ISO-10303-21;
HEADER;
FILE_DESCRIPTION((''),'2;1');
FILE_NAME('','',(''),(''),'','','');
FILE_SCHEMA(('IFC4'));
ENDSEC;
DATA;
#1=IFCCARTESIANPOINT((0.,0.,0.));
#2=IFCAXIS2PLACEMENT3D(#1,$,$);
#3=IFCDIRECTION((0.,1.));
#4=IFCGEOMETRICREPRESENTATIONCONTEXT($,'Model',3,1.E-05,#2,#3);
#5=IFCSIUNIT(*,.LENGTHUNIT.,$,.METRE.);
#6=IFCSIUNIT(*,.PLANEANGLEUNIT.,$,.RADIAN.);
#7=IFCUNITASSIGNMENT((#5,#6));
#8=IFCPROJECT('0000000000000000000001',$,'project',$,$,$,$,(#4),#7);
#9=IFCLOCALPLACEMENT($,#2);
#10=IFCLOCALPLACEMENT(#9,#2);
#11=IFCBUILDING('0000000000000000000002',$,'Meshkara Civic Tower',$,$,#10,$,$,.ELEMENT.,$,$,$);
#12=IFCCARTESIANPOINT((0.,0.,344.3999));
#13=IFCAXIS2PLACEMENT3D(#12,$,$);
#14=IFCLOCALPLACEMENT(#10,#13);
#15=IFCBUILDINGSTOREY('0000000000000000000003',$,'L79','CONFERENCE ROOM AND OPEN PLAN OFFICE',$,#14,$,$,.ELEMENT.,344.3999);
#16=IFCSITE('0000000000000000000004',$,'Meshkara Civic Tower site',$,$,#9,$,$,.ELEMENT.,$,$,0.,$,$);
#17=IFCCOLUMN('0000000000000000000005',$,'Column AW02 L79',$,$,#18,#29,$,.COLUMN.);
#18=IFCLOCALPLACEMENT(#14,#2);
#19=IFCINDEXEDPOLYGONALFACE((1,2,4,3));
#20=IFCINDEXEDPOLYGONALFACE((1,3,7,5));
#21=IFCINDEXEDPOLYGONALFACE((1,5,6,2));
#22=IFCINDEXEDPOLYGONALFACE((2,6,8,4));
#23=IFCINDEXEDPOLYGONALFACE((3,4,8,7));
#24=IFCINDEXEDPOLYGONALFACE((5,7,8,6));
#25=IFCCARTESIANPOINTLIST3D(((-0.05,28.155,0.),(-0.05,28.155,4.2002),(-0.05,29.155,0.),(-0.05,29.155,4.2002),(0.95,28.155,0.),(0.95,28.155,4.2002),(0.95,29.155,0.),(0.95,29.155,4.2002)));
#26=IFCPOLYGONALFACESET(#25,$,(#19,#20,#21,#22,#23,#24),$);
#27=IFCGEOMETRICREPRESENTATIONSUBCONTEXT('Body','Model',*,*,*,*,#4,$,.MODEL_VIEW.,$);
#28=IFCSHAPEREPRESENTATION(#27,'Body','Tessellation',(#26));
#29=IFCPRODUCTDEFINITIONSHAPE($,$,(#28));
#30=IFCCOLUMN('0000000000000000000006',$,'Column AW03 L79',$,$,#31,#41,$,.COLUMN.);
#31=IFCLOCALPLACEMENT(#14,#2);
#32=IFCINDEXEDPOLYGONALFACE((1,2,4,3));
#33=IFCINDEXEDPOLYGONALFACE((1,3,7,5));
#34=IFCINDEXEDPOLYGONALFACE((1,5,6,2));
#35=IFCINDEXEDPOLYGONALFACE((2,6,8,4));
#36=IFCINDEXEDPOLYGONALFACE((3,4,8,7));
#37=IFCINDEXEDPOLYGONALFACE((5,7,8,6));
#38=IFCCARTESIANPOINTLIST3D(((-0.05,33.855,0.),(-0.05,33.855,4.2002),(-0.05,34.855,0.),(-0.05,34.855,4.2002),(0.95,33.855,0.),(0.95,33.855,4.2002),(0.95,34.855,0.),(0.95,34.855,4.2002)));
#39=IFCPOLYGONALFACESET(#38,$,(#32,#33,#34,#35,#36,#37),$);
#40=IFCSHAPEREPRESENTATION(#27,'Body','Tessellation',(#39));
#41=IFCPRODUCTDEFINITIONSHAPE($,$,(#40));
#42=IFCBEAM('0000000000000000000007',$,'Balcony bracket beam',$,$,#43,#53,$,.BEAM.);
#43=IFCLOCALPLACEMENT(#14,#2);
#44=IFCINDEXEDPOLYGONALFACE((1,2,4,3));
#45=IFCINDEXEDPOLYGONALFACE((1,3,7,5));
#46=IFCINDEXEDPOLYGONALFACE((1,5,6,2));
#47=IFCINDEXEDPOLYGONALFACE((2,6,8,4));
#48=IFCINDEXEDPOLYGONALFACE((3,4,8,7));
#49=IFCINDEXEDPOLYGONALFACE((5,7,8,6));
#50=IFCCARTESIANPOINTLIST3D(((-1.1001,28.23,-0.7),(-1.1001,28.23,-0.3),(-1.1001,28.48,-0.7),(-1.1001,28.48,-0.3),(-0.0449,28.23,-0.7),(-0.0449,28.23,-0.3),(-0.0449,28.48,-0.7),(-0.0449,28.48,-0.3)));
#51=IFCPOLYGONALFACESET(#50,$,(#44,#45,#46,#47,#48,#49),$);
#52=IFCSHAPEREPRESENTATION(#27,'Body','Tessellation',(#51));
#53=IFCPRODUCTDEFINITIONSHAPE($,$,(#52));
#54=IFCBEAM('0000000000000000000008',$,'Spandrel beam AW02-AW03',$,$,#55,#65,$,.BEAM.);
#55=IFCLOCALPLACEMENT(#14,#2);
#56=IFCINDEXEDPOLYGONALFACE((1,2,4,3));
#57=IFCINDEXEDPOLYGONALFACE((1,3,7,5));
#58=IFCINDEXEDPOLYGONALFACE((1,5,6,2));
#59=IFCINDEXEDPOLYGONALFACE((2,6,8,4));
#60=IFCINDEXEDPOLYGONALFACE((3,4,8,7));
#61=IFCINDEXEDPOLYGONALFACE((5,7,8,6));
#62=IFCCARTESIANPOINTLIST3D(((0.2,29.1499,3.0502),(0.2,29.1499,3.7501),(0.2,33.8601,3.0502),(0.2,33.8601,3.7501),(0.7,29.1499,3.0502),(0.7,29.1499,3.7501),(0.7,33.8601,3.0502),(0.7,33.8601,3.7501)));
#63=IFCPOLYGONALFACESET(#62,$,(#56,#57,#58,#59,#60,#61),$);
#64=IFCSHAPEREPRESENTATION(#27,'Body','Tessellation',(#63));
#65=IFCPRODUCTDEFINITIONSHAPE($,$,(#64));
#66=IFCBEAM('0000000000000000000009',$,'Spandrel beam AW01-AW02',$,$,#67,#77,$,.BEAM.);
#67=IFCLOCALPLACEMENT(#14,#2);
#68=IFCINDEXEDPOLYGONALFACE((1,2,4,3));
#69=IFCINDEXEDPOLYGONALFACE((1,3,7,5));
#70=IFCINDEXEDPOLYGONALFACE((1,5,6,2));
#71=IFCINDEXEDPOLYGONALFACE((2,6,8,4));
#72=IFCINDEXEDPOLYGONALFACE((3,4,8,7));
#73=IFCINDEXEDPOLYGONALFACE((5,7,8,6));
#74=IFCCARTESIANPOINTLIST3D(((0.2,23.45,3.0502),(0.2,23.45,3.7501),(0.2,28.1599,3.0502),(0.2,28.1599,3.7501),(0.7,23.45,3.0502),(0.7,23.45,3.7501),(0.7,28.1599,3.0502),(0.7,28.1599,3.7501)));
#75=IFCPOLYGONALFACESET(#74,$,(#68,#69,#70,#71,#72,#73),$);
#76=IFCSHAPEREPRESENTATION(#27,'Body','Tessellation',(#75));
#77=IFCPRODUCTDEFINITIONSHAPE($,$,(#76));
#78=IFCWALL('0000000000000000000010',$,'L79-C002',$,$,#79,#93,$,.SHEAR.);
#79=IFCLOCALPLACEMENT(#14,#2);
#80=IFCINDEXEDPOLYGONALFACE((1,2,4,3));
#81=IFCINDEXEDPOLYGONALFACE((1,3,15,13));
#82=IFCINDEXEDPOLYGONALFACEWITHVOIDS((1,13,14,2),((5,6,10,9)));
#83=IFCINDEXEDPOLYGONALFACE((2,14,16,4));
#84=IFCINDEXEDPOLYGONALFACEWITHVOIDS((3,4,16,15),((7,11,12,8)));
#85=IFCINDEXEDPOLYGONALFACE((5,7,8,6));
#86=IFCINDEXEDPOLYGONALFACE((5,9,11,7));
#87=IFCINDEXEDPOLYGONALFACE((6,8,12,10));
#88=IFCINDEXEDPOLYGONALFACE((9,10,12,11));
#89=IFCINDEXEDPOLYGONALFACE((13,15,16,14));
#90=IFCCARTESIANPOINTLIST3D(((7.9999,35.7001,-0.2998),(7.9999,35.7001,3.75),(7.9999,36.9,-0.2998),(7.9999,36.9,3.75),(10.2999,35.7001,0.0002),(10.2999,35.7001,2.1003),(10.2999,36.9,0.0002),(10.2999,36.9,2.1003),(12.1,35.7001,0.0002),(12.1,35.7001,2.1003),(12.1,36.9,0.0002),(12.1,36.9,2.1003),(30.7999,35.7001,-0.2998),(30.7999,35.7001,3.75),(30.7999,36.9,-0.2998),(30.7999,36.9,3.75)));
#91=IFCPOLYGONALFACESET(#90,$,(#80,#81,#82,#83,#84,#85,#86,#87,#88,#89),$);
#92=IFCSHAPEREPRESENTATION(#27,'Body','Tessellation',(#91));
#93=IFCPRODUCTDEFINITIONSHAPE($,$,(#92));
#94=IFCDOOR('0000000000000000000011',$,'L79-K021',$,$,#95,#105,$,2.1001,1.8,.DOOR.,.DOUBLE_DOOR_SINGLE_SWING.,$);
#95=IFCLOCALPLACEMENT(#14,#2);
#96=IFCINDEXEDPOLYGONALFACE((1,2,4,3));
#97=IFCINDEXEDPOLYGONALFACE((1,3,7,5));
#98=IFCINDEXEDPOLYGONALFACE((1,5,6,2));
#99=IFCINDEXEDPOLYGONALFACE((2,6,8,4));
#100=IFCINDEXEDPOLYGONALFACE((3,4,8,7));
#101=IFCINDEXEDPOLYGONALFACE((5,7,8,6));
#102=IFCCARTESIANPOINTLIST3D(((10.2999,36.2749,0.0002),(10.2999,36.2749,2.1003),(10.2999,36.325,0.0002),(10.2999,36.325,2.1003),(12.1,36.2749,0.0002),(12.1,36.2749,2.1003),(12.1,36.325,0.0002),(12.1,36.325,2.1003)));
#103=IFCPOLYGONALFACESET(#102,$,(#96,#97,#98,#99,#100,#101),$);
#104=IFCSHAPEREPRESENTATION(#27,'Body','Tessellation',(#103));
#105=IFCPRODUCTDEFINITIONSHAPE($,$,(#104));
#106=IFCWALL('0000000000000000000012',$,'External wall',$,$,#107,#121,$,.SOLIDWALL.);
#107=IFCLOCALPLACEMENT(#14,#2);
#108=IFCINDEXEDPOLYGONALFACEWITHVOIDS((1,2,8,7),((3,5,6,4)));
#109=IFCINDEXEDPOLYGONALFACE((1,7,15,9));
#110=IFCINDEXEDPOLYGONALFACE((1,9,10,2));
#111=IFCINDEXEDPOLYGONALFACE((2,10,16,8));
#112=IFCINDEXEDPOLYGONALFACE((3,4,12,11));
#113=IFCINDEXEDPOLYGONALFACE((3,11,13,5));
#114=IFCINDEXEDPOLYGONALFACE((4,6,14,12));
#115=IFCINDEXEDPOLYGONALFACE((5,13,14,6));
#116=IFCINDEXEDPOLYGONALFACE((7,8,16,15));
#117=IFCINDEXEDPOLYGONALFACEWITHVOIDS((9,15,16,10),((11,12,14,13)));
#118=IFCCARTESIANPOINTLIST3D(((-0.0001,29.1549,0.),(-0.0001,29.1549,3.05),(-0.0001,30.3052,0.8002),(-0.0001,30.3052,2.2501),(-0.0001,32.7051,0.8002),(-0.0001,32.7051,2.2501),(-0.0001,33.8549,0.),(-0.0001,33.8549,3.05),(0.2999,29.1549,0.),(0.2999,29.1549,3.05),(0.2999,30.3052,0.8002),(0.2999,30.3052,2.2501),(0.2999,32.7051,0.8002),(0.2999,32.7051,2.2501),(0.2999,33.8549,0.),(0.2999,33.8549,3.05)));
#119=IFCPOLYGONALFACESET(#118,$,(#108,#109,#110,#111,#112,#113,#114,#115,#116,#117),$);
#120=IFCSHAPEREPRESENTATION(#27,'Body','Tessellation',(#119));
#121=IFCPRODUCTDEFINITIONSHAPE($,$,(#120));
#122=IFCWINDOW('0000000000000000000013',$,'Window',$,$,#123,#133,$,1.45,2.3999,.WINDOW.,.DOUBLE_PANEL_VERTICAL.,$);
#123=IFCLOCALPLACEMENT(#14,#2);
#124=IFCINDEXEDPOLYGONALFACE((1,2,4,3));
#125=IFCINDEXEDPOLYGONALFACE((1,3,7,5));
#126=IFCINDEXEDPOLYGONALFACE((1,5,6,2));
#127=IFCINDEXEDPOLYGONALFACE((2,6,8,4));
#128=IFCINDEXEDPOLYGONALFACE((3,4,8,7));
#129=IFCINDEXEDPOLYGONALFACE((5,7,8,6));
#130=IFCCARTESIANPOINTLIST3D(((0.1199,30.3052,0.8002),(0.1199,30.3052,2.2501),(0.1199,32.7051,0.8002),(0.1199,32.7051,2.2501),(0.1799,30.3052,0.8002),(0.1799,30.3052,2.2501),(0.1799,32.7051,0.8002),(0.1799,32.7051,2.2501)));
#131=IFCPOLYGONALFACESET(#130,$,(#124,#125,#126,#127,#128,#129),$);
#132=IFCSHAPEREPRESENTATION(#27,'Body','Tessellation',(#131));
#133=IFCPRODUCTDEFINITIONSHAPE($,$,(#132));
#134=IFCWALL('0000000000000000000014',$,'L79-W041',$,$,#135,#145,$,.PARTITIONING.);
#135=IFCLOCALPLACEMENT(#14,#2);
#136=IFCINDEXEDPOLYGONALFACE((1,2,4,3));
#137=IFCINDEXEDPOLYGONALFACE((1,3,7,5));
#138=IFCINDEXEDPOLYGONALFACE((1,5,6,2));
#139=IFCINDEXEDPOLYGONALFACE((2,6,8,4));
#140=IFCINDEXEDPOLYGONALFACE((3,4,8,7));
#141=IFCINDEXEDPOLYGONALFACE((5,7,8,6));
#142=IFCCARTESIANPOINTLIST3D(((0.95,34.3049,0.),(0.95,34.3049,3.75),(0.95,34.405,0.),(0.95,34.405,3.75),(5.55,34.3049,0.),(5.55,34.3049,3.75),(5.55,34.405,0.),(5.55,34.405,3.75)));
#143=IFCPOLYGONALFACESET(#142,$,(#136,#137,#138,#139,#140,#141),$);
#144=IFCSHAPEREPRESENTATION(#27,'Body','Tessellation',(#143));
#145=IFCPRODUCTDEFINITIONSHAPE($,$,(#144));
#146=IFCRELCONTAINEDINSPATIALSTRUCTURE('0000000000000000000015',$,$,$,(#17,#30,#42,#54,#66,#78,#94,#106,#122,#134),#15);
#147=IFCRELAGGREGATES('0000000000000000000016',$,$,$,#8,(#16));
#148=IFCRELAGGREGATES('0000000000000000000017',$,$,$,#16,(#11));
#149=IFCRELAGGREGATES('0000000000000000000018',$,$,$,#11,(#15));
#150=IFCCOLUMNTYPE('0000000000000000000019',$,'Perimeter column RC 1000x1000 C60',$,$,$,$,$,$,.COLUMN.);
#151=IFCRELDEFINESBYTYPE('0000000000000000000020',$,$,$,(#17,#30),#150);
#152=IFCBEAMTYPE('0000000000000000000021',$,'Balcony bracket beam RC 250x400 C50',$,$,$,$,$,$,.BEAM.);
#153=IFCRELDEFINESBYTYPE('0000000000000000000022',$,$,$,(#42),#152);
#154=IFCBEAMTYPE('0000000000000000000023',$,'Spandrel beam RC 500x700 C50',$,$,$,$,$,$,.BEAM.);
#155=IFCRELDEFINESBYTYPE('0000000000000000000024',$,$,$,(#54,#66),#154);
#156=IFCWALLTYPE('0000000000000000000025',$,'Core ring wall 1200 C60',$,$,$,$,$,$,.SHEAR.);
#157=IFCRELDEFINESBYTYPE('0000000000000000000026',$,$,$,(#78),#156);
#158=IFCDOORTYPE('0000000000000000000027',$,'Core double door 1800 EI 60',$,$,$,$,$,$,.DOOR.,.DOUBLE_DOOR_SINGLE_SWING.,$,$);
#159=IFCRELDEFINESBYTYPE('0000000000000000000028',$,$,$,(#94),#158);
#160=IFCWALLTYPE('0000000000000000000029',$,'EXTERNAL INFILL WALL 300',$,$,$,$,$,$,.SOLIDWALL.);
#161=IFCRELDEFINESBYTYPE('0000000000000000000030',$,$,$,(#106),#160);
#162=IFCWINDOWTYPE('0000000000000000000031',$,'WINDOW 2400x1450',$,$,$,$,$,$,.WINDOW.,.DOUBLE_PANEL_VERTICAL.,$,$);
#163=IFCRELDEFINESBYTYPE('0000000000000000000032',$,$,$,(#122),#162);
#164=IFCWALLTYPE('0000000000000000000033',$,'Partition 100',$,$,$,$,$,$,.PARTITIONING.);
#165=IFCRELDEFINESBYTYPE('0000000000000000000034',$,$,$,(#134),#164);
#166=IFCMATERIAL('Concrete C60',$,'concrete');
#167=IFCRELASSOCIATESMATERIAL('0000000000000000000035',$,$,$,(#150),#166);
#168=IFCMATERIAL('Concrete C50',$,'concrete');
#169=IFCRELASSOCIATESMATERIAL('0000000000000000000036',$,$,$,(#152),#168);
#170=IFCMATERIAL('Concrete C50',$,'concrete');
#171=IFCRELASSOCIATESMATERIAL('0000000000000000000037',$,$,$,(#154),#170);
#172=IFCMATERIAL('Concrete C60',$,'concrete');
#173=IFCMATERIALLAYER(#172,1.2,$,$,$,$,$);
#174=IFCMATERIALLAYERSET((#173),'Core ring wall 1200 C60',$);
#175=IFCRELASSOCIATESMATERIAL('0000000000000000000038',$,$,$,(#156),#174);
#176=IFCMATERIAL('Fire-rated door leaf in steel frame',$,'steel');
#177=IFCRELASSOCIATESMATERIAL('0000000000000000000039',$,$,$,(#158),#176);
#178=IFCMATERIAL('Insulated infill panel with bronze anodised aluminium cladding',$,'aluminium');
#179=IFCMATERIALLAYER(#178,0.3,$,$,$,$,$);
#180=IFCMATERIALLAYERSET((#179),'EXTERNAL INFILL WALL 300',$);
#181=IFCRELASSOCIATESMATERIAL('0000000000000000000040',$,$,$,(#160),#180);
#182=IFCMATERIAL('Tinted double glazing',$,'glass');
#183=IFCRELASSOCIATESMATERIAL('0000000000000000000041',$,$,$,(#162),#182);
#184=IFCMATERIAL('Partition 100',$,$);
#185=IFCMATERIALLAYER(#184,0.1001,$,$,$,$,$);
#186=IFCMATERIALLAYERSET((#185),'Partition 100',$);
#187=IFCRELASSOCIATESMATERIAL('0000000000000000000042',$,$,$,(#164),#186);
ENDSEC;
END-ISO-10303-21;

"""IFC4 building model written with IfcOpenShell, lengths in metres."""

from ifc_helpers import new_model, si_unit, direction, frame, frame_2d, origin, origin_2d, place, context, subcontext, project, spatial, rectangle, extrude, material, layer, layer_set, material_profile, profile_set, type_object, element, fill, save


model = new_model("IFC4")

# Units and contexts
model_context = context("Model", 3, precision=1e-05, world=origin(), true_north=direction((0.0, 1.0)))
body_context = subcontext(model_context, "Body", "Model", "MODEL_VIEW")
ifc_project = project(units=[si_unit("LENGTHUNIT", "METRE"), si_unit("PLANEANGLEUNIT", "RADIAN")], contexts=[model_context])

# Site, building, storey
site_placement = place(None, origin())
site = spatial("IfcSite", under=ifc_project, at=site_placement, Name="Meshkara Civic Tower site", CompositionType="ELEMENT", RefElevation=0.0)
building_placement = place(site_placement, origin())
building = spatial("IfcBuilding", under=site, at=building_placement, Name="Meshkara Civic Tower", CompositionType="ELEMENT")
storey_placement = place(building_placement, frame((0.0, 0.0, 344.3999)))
storey = spatial("IfcBuildingStorey", under=building, at=storey_placement, Name="L79", Description="CONFERENCE ROOM AND OPEN PLAN OFFICE", CompositionType="ELEMENT", Elevation=344.3999)

# Columns
ifc_material_1 = material(Name="Concrete C60", Category="concrete")
ifc_material_profile_1 = material_profile(ifc_material_1, rectangle(XDim=1.0, YDim=1.0, at=origin_2d()))
ifc_profile_set_1 = profile_set([ifc_material_profile_1], Name="Concrete C60")
column_type = type_object("IfcColumnType", Name="Perimeter column RC 1000x1000 C60", PredefinedType="COLUMN", material=ifc_profile_set_1)
for number, where, z_axis, x_axis, name in (
    (1, (0.45, 28.655, 0.0), (0.0, 0.0, 1.0), (1.0, 0.0, 0.0), "Column AW02 L79"),
    (2, (0.45, 34.355, 0.0), (0.0, 0.0, 1.0), (1.0, 0.0, 0.0), "Column AW03 L79"),
):
    element("IfcColumn", number, at=place(storey_placement, frame(where, z_axis=z_axis, x_axis=x_axis)), inside=storey, type_object=column_type, Name=name, PredefinedType="COLUMN", context=body_context, shape_type="SweptSolid", body=[
        extrude(rectangle(XDim=1.0, YDim=1.0, at=origin_2d()), origin(), (0.0, 0.0, 1.0), 4.2002),
    ])

# Beams
ifc_material_2 = material(Name="Concrete C50", Category="concrete")
ifc_material_profile_2 = material_profile(ifc_material_2, rectangle(XDim=0.25, YDim=0.3999, at=origin_2d()))
ifc_profile_set_2 = profile_set([ifc_material_profile_2], Name="Concrete C50")
beam_type_1 = type_object("IfcBeamType", Name="Balcony bracket beam RC 250x400 C50", PredefinedType="BEAM", material=ifc_profile_set_2)
beam_1_placement = place(storey_placement, frame((-0.0449, 28.355, -0.5), z_axis=(-1.0, 0.0, 0.0), x_axis=(0.0, -1.0, 0.0)))
element("IfcBeam", 3, at=beam_1_placement, inside=storey, type_object=beam_type_1, Name="Balcony bracket beam", PredefinedType="BEAM", context=body_context, shape_type="SweptSolid", body=[
    extrude(rectangle(XDim=0.25, YDim=0.3999, at=origin_2d()), origin(), (0.0, 0.0, 1.0), 1.0552),
])
ifc_material_3 = material(Name="Concrete C50", Category="concrete")
ifc_material_profile_3 = material_profile(ifc_material_3, rectangle(XDim=0.5, YDim=0.7, at=origin_2d()))
ifc_profile_set_3 = profile_set([ifc_material_profile_3], Name="Concrete C50")
beam_type_2 = type_object("IfcBeamType", Name="Spandrel beam RC 500x700 C50", PredefinedType="BEAM", material=ifc_profile_set_3)
beam_2_placement = place(storey_placement, frame((0.45, 33.8601, 3.4001), z_axis=(0.0, -1.0, 0.0), x_axis=(1.0, 0.0, 0.0)))
element("IfcBeam", 4, at=beam_2_placement, inside=storey, type_object=beam_type_2, Name="Spandrel beam AW02-AW03", PredefinedType="BEAM", context=body_context, shape_type="SweptSolid", body=[
    extrude(rectangle(XDim=0.5, YDim=0.7, at=origin_2d()), origin(), (0.0, 0.0, 1.0), 4.7102),
])
beam_3_placement = place(storey_placement, frame((0.45, 28.1599, 3.4001), z_axis=(0.0, -1.0, 0.0), x_axis=(1.0, 0.0, 0.0)))
element("IfcBeam", 5, at=beam_3_placement, inside=storey, type_object=beam_type_2, Name="Spandrel beam AW01-AW02", PredefinedType="BEAM", context=body_context, shape_type="SweptSolid", body=[
    extrude(rectangle(XDim=0.5, YDim=0.7, at=origin_2d()), origin(), (0.0, 0.0, 1.0), 4.71),
])

# Wall, opening, door
ifc_material_4 = material(Name="Concrete C60", Category="concrete")
ifc_layer_1 = layer(ifc_material_4, 1.2)
ifc_layer_set_1 = layer_set([ifc_layer_1], Name="Core ring wall 1200 C60")
wall_type_1 = type_object("IfcWallType", Name="Core ring wall 1200 C60", PredefinedType="SHEAR", material=ifc_layer_set_1)
wall_1_placement = place(storey_placement, frame((8.0, 36.3, -0.2998), z_axis=(0.0, 0.0, 1.0), x_axis=(1.0, 0.0, 0.0)))
wall_1 = element("IfcWall", 6, at=wall_1_placement, inside=storey, type_object=wall_type_1, Name="L79-C002", PredefinedType="SHEAR", context=body_context, shape_type="SweptSolid", body=[
    extrude(rectangle(XDim=22.8, YDim=1.2, at=frame_2d((11.3999, 0.0))), origin(), (0.0, 0.0, 1.0), 4.0498),
])
opening_1_placement = place(wall_1_placement, frame((2.3, 0.0, 0.3)))
opening_1 = element("IfcOpeningElement", 7, at=opening_1_placement, cuts=wall_1, PredefinedType="OPENING", context=body_context, shape_type="SweptSolid", body=[
    extrude(rectangle(XDim=1.8, YDim=2.1001, at=frame_2d((0.8999, 1.05))), frame((0.0, 0.6099, 0.0), z_axis=(0.0, -1.0, 0.0), x_axis=(1.0, 0.0, 0.0)), (0.0, 0.0, 1.0), 1.22),
])
ifc_material_5 = material(Name="Fire-rated door leaf in steel frame", Category="steel")
door_type_1 = type_object("IfcDoorType", Name="Core double door 1800 EI 60", OperationType="DOUBLE_DOOR_SINGLE_SWING", PredefinedType="DOOR", material=ifc_material_5)
door_1_placement = place(opening_1_placement, origin())
door_1 = element("IfcDoor", 8, at=door_1_placement, inside=storey, type_object=door_type_1, Name="L79-K021", OperationType="DOUBLE_DOOR_SINGLE_SWING", OverallHeight=2.1001, OverallWidth=1.8, PredefinedType="DOOR", context=body_context, shape_type="SweptSolid", body=[
    extrude(rectangle(XDim=1.8, YDim=2.1001, at=frame_2d((0.8999, 1.05))), frame((0.0, 0.0249, 0.0), z_axis=(0.0, -1.0, 0.0), x_axis=(1.0, 0.0, 0.0)), (0.0, 0.0, 1.0), 0.05),
])
fill(opening_1, door_1)

# Wall, opening, window
ifc_material_6 = material(Name="Insulated infill panel with bronze anodised aluminium cladding", Category="aluminium")
ifc_layer_2 = layer(ifc_material_6, 0.3)
ifc_layer_set_2 = layer_set([ifc_layer_2], Name="EXTERNAL INFILL WALL 300")
wall_type_2 = type_object("IfcWallType", Name="EXTERNAL INFILL WALL 300", PredefinedType="SOLIDWALL", material=ifc_layer_set_2)
wall_2_placement = place(storey_placement, frame((0.1499, 33.855, 0.0), z_axis=(0.0, 0.0, 1.0), x_axis=(0.0, -1.0, 0.0)))
wall_2 = element("IfcWall", 9, at=wall_2_placement, inside=storey, type_object=wall_type_2, Name="External wall", PredefinedType="SOLIDWALL", context=body_context, shape_type="SweptSolid", body=[
    extrude(rectangle(XDim=4.7, YDim=0.3, at=frame_2d((2.3501, 0.0))), origin(), (0.0, 0.0, 1.0), 3.05),
])
opening_2_placement = place(wall_2_placement, frame((1.1499, 0.0, 0.8)))
opening_2 = element("IfcOpeningElement", 10, at=opening_2_placement, cuts=wall_2, PredefinedType="OPENING", context=body_context, shape_type="SweptSolid", body=[
    extrude(rectangle(XDim=2.3999, YDim=1.45, at=frame_2d((1.2, 0.7251))), frame((0.0, 0.1599, 0.0), z_axis=(0.0, -1.0, 0.0), x_axis=(1.0, 0.0, 0.0)), (0.0, 0.0, 1.0), 0.3201),
])
ifc_material_7 = material(Name="Tinted double glazing", Category="glass")
window_type = type_object("IfcWindowType", Name="WINDOW 2400x1450", PartitioningType="DOUBLE_PANEL_VERTICAL", PredefinedType="WINDOW", material=ifc_material_7)
window_placement = place(opening_2_placement, origin())
window = element("IfcWindow", 11, at=window_placement, inside=storey, type_object=window_type, Name="Window", OverallHeight=1.45, OverallWidth=2.3999, PartitioningType="DOUBLE_PANEL_VERTICAL", PredefinedType="WINDOW", context=body_context, shape_type="SweptSolid", body=[
    extrude(rectangle(XDim=2.3999, YDim=1.45, at=frame_2d((1.2, 0.7251))), frame((0.0, 0.03, 0.0), z_axis=(0.0, -1.0, 0.0), x_axis=(1.0, 0.0, 0.0)), (0.0, 0.0, 1.0), 0.0601),
])
fill(opening_2, window)

# Wall
ifc_material_8 = material(Name="Partition 100")
ifc_layer_3 = layer(ifc_material_8, 0.1001)
ifc_layer_set_3 = layer_set([ifc_layer_3], Name="Partition 100")
wall_type_3 = type_object("IfcWallType", Name="Partition 100", PredefinedType="PARTITIONING", material=ifc_layer_set_3)
wall_3_placement = place(storey_placement, frame((5.55, 34.355, 0.0), z_axis=(0.0, 0.0, 1.0), x_axis=(-1.0, 0.0, 0.0)))
element("IfcWall", 12, at=wall_3_placement, inside=storey, type_object=wall_type_3, Name="L79-W041", PredefinedType="PARTITIONING", context=body_context, shape_type="SweptSolid", body=[
    extrude(rectangle(XDim=4.6001, YDim=0.1001, at=frame_2d((2.3, 0.0))), origin(), (0.0, 0.0, 1.0), 3.75),
])

save(model, "model.ifc")
